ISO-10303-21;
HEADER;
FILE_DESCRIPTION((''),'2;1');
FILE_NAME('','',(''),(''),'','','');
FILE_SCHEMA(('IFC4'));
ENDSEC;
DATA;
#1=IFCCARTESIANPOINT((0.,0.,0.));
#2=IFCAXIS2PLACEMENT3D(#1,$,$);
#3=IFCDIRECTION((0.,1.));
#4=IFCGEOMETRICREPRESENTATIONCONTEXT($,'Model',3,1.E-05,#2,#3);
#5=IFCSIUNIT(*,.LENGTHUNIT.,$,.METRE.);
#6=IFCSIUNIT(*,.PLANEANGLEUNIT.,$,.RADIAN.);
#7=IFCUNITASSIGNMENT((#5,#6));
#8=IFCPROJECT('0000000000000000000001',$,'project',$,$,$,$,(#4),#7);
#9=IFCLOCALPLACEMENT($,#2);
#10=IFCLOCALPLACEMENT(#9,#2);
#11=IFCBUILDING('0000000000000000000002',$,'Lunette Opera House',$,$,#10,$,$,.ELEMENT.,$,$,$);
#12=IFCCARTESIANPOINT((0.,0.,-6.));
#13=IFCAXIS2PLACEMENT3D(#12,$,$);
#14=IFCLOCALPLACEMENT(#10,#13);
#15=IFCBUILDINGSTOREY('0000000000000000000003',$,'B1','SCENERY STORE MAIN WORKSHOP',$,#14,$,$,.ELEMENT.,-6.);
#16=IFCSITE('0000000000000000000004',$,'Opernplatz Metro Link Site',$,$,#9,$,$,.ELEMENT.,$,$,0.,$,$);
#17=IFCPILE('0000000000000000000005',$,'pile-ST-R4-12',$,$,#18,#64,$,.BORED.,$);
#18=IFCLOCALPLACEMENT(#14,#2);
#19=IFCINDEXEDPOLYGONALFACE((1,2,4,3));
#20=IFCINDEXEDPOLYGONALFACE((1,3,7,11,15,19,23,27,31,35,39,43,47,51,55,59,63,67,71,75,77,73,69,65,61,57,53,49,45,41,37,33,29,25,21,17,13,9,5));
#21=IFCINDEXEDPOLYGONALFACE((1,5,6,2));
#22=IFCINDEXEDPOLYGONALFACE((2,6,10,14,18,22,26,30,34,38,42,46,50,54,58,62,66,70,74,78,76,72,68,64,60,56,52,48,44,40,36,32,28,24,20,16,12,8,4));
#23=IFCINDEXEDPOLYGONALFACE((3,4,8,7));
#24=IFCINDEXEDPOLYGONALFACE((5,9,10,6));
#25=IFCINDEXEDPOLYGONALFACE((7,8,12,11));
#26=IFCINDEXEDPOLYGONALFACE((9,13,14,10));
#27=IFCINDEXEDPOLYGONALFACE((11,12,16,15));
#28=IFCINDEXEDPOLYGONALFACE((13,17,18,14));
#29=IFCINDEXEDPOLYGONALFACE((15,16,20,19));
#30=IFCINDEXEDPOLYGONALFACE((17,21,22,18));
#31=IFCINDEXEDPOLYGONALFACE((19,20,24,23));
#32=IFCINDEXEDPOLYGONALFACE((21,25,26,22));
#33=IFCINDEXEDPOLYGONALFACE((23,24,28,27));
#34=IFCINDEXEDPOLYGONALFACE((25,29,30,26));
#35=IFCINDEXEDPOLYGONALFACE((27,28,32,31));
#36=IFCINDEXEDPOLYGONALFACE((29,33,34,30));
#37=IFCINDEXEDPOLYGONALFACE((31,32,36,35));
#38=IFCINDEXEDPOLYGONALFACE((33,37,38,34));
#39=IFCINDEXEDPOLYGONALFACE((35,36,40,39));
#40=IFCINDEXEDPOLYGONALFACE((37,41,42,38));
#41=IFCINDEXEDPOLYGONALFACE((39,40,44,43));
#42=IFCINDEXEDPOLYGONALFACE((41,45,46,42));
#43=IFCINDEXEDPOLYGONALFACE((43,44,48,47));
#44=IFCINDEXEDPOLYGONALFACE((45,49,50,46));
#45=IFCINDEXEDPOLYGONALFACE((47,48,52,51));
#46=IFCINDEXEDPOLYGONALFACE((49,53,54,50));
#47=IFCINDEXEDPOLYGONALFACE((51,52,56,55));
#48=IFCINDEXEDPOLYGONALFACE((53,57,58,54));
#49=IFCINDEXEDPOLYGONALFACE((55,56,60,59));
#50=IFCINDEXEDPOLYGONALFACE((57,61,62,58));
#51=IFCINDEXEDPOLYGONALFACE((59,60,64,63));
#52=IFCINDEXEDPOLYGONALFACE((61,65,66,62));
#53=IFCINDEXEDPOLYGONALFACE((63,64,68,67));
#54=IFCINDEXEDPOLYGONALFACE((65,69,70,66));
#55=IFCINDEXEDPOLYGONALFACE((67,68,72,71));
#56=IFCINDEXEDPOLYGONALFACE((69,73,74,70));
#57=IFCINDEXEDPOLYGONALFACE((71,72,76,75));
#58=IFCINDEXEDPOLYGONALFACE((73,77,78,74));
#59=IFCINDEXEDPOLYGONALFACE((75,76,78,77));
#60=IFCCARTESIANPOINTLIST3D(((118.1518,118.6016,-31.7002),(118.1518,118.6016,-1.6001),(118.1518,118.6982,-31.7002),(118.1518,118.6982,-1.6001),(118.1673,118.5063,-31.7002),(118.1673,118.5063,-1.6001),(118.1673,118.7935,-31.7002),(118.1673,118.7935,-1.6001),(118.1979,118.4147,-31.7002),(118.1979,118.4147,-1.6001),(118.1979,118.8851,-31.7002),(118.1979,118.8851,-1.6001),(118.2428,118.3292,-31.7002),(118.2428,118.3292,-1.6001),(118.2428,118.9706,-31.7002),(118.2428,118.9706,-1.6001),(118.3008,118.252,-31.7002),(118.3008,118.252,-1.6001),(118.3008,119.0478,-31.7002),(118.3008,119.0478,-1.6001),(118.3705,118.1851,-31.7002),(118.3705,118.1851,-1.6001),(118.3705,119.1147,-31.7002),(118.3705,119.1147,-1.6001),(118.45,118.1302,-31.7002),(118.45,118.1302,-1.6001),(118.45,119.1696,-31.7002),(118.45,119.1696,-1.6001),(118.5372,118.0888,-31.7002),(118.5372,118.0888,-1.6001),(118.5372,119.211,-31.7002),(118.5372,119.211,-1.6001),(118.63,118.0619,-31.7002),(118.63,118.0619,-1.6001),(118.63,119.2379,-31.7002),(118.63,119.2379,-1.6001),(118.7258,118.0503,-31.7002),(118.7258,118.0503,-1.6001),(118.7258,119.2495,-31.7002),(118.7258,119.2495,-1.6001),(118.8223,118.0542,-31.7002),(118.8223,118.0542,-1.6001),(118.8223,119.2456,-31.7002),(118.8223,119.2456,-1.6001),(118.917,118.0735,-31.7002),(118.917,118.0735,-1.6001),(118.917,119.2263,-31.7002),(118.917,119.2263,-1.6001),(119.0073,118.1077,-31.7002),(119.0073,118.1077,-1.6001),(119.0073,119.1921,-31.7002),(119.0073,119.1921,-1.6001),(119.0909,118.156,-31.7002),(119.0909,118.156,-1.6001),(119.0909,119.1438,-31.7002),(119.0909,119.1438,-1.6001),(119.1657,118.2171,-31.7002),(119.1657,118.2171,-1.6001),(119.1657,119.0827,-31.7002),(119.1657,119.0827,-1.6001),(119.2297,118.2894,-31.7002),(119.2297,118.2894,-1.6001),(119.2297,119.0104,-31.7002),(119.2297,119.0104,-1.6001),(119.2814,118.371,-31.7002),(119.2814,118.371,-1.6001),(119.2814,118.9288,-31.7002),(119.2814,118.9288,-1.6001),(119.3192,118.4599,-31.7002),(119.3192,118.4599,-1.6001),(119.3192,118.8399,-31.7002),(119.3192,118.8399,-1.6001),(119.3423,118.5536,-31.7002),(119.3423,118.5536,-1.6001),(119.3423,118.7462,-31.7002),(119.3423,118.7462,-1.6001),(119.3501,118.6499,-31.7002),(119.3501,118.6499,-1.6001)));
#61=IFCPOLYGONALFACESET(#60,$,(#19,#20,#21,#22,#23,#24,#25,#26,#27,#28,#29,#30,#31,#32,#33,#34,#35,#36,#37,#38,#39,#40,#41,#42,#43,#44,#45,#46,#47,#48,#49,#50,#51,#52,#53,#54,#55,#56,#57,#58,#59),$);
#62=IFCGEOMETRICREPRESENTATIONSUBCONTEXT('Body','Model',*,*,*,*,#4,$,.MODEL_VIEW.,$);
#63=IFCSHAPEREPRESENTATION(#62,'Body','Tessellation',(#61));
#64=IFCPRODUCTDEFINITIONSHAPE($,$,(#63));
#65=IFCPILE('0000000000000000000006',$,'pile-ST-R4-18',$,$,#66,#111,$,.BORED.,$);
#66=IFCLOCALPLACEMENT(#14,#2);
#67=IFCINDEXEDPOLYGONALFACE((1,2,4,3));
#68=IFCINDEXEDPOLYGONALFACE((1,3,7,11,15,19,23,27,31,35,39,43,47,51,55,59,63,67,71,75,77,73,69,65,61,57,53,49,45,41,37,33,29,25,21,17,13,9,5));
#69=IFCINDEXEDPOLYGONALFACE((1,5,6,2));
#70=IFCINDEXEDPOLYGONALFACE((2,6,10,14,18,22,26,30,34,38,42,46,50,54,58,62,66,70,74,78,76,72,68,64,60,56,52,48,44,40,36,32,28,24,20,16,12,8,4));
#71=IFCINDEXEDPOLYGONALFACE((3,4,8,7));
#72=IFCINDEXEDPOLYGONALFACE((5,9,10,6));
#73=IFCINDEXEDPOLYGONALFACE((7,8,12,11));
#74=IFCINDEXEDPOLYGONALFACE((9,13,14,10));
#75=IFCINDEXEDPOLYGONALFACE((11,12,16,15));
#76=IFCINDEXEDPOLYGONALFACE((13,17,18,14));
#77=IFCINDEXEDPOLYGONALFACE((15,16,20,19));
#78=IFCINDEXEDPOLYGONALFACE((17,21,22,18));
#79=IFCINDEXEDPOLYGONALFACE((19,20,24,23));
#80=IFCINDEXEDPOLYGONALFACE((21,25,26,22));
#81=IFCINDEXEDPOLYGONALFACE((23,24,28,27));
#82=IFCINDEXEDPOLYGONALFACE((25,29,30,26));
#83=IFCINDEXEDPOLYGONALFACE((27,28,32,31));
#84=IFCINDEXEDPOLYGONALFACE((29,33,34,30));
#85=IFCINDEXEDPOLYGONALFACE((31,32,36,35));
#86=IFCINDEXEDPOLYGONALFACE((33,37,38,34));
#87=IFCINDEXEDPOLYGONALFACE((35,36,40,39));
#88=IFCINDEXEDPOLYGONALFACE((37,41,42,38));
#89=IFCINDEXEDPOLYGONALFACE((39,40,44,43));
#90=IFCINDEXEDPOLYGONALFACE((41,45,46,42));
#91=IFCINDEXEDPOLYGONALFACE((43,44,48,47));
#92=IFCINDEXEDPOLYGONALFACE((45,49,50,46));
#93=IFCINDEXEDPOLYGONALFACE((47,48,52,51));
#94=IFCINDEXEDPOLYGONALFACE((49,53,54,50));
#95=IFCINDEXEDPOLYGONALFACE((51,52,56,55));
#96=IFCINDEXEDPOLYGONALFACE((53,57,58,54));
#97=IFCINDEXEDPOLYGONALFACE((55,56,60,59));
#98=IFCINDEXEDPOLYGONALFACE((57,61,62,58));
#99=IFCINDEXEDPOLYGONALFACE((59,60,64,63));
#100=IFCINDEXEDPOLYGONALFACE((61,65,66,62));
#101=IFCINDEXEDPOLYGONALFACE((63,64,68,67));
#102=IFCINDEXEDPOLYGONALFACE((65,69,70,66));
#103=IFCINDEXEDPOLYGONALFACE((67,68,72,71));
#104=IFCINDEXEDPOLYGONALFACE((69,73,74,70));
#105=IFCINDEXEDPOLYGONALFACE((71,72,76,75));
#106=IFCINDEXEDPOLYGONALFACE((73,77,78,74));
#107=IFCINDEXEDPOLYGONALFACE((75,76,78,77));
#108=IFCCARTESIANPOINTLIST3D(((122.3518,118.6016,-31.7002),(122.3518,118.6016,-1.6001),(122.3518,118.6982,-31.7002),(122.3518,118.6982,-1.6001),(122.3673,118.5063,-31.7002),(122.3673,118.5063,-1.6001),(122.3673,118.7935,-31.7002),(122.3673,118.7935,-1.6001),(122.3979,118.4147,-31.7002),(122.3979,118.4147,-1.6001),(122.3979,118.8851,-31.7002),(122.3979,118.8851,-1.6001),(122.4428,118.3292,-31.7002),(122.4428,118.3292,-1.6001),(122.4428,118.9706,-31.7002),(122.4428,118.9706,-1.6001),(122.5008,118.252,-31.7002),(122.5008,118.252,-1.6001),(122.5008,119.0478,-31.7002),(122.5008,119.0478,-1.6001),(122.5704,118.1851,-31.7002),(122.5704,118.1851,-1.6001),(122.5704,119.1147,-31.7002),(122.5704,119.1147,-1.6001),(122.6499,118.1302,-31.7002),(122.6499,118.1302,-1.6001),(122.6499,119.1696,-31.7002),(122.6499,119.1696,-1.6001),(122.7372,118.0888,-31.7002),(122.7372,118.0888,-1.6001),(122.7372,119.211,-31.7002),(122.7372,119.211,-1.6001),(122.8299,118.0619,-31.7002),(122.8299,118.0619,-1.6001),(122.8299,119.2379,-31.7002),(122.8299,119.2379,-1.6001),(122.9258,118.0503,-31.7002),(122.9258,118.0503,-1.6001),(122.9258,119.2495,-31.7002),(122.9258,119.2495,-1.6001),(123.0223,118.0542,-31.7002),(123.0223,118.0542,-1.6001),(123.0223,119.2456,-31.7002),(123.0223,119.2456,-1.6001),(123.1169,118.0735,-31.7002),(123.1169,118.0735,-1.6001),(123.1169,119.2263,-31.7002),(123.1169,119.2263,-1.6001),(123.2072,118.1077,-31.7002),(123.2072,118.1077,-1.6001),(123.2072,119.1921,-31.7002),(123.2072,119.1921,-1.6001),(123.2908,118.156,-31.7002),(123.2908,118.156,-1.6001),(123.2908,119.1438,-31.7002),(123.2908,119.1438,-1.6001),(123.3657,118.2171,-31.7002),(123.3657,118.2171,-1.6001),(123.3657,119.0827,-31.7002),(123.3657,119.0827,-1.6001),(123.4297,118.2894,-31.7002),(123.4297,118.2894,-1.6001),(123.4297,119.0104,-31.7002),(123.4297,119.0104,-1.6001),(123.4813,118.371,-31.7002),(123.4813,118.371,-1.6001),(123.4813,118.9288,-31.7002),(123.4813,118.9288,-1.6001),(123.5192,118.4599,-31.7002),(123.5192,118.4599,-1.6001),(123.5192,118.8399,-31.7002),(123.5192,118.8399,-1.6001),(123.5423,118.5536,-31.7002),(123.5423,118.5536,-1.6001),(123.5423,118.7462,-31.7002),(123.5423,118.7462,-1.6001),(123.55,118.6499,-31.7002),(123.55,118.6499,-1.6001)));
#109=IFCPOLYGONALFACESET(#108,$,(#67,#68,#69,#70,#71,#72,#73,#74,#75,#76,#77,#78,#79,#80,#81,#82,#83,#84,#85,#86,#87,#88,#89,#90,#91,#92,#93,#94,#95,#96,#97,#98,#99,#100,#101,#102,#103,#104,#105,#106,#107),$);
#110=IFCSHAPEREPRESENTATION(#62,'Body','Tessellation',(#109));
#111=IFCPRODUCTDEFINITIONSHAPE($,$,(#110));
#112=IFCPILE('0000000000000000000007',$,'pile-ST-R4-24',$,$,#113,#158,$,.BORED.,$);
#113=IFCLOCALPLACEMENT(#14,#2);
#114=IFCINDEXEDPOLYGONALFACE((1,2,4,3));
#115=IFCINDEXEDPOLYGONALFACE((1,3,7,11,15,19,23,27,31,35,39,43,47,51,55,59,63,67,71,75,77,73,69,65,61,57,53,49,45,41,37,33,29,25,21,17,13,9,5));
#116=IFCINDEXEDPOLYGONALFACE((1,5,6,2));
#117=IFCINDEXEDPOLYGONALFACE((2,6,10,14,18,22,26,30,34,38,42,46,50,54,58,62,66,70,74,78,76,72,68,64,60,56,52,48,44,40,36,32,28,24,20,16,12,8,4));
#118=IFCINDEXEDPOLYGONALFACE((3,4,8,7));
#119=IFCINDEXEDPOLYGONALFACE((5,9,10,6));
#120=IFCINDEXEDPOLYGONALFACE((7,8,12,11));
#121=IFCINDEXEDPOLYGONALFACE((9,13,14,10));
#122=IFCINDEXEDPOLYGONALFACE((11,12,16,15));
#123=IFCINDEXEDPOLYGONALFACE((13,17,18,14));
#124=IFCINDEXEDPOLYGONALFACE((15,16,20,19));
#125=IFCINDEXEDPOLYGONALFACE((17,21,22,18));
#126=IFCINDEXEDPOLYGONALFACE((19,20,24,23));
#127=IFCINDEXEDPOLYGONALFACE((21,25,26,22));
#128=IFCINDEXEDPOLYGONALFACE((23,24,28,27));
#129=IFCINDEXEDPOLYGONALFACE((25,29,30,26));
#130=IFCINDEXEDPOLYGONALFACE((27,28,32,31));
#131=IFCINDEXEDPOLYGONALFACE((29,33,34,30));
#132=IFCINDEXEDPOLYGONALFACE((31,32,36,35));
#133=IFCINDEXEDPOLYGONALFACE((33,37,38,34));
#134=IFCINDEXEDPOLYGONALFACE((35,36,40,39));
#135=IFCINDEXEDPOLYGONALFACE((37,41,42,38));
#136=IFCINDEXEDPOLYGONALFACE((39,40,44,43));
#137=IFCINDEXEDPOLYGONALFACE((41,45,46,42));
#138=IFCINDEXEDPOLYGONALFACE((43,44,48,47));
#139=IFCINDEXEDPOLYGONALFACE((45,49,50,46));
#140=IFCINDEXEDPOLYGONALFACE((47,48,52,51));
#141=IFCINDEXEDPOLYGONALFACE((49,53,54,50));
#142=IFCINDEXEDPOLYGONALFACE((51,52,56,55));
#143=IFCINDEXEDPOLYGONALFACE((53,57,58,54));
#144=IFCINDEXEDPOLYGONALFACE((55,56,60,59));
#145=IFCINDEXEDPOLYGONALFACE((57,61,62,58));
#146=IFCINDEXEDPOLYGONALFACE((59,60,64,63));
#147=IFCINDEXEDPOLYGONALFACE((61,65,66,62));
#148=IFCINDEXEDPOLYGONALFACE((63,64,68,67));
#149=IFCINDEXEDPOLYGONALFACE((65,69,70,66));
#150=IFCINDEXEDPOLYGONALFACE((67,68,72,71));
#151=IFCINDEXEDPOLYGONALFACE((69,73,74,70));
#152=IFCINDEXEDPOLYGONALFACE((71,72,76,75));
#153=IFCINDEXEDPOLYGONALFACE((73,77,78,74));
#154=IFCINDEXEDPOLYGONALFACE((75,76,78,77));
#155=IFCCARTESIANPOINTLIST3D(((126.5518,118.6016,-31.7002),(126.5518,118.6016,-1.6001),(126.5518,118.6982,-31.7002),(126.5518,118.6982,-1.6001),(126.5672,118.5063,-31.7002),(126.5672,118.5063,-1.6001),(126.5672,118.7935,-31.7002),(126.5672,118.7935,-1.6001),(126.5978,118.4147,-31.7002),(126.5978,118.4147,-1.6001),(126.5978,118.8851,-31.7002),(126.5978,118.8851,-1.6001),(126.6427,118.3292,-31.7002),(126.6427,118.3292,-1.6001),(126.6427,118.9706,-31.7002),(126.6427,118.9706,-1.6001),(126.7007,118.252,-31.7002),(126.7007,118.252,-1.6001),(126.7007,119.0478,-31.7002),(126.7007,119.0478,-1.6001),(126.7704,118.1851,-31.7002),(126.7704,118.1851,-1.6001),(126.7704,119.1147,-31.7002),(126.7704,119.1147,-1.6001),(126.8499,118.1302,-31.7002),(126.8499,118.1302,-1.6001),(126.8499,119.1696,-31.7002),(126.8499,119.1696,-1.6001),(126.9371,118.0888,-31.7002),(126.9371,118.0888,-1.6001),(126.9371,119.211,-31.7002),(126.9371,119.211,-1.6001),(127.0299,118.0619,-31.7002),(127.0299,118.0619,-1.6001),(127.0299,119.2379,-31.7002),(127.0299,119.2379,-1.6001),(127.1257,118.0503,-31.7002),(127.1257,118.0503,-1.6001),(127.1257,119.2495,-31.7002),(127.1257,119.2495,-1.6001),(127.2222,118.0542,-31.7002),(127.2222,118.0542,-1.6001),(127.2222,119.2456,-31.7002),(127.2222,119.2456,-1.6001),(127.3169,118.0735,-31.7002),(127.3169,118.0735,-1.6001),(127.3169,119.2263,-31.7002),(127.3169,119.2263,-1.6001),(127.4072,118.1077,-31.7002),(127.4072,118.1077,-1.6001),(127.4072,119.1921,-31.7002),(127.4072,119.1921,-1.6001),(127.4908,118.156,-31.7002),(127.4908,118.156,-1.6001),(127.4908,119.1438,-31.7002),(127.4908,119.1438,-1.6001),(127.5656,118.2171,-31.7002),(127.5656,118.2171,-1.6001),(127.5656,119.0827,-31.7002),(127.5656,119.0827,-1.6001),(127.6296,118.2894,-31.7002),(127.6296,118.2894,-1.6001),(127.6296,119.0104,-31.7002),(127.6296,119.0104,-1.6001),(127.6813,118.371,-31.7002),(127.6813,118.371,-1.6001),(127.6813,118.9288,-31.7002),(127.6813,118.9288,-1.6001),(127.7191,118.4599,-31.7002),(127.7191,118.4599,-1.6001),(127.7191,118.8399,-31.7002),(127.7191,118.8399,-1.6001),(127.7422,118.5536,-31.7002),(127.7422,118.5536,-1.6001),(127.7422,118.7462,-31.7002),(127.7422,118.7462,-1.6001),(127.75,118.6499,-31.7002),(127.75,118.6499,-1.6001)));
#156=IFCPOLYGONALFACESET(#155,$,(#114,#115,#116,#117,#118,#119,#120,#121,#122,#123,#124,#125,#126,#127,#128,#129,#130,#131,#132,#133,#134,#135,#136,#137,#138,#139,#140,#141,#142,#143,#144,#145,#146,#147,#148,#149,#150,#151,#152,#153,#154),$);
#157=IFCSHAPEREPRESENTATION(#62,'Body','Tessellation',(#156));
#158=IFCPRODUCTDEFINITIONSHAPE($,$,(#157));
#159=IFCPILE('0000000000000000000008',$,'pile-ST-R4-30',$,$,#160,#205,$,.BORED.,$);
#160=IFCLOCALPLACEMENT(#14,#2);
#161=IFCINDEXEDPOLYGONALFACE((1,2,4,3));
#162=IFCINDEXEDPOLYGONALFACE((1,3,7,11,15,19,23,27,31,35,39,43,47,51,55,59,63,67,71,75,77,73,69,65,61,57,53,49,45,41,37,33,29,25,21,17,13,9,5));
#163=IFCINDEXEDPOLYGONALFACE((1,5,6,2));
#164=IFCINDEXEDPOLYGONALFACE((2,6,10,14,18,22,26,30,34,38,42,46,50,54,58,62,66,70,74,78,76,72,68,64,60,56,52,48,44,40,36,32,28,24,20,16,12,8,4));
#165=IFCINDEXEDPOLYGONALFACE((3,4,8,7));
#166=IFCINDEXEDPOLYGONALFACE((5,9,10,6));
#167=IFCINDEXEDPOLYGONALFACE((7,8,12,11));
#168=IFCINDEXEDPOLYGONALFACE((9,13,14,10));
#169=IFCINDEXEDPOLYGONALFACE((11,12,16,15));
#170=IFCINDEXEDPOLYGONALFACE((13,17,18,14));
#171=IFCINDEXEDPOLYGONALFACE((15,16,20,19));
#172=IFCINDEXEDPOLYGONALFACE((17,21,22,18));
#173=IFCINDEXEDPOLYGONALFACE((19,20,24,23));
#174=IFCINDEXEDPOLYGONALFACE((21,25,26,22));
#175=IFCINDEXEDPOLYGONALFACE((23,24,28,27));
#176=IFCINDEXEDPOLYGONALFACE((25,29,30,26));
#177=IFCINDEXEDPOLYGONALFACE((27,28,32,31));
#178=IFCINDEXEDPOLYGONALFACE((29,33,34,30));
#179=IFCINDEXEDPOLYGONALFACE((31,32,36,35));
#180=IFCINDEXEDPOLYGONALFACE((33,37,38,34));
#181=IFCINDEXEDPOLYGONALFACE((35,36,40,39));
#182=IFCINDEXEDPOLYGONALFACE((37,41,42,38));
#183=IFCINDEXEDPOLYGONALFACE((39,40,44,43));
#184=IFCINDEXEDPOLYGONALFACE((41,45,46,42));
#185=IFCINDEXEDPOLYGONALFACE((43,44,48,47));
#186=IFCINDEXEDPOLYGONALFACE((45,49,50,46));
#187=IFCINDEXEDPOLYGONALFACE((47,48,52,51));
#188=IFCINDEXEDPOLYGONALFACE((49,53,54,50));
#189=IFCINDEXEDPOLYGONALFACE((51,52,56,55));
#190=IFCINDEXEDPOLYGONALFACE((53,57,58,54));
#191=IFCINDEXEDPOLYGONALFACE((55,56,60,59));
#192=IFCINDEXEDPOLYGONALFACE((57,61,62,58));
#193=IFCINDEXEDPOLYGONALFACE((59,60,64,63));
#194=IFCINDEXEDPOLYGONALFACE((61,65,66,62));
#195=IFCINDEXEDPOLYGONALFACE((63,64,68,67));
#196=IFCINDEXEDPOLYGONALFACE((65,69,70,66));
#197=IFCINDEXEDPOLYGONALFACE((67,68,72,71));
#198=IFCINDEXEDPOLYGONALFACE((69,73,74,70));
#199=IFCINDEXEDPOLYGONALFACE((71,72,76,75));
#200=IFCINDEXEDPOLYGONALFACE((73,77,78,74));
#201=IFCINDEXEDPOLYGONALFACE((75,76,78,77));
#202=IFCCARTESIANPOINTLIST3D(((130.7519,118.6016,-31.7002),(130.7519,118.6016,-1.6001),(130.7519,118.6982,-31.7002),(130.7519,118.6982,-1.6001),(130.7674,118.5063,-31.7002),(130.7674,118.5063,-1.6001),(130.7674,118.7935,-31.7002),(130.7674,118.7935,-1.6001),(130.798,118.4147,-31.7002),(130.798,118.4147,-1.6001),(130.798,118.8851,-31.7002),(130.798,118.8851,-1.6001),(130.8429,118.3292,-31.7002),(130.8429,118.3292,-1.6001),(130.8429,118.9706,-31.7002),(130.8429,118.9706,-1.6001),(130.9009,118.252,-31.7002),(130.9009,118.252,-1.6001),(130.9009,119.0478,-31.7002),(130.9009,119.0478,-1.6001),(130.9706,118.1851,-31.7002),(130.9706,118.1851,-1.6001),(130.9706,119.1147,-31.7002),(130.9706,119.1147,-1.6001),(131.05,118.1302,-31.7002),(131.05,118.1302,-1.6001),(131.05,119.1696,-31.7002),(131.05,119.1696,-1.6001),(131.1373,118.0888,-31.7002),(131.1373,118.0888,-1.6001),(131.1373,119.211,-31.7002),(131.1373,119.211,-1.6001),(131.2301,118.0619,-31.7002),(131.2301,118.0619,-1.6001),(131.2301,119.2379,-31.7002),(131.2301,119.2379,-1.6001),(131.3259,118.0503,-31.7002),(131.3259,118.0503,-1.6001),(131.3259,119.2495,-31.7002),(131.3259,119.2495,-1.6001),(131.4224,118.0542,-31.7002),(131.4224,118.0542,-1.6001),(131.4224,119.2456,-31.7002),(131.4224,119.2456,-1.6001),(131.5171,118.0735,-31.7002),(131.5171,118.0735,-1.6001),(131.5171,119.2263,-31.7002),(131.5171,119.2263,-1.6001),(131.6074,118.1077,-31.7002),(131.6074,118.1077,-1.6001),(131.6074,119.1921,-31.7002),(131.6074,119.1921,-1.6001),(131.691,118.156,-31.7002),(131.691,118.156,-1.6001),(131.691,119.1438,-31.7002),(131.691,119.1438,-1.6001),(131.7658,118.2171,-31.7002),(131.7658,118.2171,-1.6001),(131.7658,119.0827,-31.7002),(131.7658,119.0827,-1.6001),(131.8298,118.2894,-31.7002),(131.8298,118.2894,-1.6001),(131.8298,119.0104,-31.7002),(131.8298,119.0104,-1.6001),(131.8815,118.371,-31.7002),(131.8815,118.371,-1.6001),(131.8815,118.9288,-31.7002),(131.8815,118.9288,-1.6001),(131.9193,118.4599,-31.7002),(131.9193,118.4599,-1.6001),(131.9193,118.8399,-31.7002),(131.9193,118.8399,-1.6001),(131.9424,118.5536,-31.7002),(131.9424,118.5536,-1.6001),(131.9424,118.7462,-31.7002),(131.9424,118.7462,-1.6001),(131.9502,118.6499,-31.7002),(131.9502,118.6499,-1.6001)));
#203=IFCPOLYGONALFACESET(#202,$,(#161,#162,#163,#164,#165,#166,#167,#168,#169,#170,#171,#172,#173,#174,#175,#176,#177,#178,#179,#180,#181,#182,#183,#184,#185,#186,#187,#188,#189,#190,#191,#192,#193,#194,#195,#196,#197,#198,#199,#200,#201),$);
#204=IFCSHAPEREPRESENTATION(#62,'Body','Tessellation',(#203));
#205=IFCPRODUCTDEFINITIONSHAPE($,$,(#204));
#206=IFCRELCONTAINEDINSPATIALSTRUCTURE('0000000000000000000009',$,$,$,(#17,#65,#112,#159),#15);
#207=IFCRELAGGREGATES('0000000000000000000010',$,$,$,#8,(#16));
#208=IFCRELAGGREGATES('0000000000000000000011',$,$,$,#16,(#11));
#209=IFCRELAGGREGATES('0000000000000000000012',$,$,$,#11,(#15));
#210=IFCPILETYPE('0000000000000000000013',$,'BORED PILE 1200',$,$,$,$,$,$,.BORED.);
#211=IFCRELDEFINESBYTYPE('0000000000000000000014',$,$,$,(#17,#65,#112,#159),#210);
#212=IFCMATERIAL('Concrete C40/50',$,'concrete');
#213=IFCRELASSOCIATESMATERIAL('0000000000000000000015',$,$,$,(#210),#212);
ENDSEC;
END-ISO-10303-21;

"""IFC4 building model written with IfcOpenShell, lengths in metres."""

from ifc_helpers import new_model, si_unit, direction, frame, origin, origin_2d, place, context, subcontext, project, spatial, circle, extrude, material, material_profile, profile_set, type_object, element, save


model = new_model("IFC4")

# Units and contexts
model_context = context("Model", 3, precision=1e-05, world=origin(), true_north=direction((0.0, 1.0)))
body_context = subcontext(model_context, "Body", "Model", "MODEL_VIEW")
ifc_project = project(units=[si_unit("LENGTHUNIT", "METRE"), si_unit("PLANEANGLEUNIT", "RADIAN")], contexts=[model_context])

# Site, building, storey
site_placement = place(None, origin())
site = spatial("IfcSite", under=ifc_project, at=site_placement, Name="Opernplatz Metro Link Site", CompositionType="ELEMENT", RefElevation=0.0)
building_placement = place(site_placement, origin())
building = spatial("IfcBuilding", under=site, at=building_placement, Name="Lunette Opera House", CompositionType="ELEMENT")
storey_placement = place(building_placement, frame((0.0, 0.0, -6.0)))
storey = spatial("IfcBuildingStorey", under=building, at=storey_placement, Name="B1", Description="SCENERY STORE MAIN WORKSHOP", CompositionType="ELEMENT", Elevation=-6.0)

# Piles
ifc_material_1 = material(Name="Concrete C40/50", Category="concrete")
ifc_material_profile_1 = material_profile(ifc_material_1, circle(Radius=0.6001, at=origin_2d()), Name="BORED PILE 1200")
ifc_profile_set_1 = profile_set([ifc_material_profile_1], Name="Concrete C40/50")
pile_type_1 = type_object("IfcPileType", Name="BORED PILE 1200", PredefinedType="BORED", material=ifc_profile_set_1)
for number, where, z_axis, x_axis, name in (
    (1, (118.75, 118.6499, -1.6001), (0.0, 0.0, -1.0), (1.0, 0.0, 0.0), "pile-ST-R4-12"),
    (2, (122.95, 118.6499, -1.6001), (0.0, 0.0, -1.0), (1.0, 0.0, 0.0), "pile-ST-R4-18"),
    (3, (127.1499, 118.6499, -1.6001), (0.0, 0.0, -1.0), (1.0, 0.0, 0.0), "pile-ST-R4-24"),
    (4, (131.3501, 118.6499, -1.6001), (0.0, 0.0, -1.0), (1.0, 0.0, 0.0), "pile-ST-R4-30"),
):
    element("IfcPile", number, at=place(storey_placement, frame(where, z_axis=z_axis, x_axis=x_axis)), inside=storey, type_object=pile_type_1, Name=name, PredefinedType="BORED", context=body_context, shape_type="SweptSolid", body=[
        extrude(circle(Radius=0.6001, at=origin_2d()), origin(), (0.0, 0.0, 1.0), 30.1001),
    ])

save(model, "model.ifc")
